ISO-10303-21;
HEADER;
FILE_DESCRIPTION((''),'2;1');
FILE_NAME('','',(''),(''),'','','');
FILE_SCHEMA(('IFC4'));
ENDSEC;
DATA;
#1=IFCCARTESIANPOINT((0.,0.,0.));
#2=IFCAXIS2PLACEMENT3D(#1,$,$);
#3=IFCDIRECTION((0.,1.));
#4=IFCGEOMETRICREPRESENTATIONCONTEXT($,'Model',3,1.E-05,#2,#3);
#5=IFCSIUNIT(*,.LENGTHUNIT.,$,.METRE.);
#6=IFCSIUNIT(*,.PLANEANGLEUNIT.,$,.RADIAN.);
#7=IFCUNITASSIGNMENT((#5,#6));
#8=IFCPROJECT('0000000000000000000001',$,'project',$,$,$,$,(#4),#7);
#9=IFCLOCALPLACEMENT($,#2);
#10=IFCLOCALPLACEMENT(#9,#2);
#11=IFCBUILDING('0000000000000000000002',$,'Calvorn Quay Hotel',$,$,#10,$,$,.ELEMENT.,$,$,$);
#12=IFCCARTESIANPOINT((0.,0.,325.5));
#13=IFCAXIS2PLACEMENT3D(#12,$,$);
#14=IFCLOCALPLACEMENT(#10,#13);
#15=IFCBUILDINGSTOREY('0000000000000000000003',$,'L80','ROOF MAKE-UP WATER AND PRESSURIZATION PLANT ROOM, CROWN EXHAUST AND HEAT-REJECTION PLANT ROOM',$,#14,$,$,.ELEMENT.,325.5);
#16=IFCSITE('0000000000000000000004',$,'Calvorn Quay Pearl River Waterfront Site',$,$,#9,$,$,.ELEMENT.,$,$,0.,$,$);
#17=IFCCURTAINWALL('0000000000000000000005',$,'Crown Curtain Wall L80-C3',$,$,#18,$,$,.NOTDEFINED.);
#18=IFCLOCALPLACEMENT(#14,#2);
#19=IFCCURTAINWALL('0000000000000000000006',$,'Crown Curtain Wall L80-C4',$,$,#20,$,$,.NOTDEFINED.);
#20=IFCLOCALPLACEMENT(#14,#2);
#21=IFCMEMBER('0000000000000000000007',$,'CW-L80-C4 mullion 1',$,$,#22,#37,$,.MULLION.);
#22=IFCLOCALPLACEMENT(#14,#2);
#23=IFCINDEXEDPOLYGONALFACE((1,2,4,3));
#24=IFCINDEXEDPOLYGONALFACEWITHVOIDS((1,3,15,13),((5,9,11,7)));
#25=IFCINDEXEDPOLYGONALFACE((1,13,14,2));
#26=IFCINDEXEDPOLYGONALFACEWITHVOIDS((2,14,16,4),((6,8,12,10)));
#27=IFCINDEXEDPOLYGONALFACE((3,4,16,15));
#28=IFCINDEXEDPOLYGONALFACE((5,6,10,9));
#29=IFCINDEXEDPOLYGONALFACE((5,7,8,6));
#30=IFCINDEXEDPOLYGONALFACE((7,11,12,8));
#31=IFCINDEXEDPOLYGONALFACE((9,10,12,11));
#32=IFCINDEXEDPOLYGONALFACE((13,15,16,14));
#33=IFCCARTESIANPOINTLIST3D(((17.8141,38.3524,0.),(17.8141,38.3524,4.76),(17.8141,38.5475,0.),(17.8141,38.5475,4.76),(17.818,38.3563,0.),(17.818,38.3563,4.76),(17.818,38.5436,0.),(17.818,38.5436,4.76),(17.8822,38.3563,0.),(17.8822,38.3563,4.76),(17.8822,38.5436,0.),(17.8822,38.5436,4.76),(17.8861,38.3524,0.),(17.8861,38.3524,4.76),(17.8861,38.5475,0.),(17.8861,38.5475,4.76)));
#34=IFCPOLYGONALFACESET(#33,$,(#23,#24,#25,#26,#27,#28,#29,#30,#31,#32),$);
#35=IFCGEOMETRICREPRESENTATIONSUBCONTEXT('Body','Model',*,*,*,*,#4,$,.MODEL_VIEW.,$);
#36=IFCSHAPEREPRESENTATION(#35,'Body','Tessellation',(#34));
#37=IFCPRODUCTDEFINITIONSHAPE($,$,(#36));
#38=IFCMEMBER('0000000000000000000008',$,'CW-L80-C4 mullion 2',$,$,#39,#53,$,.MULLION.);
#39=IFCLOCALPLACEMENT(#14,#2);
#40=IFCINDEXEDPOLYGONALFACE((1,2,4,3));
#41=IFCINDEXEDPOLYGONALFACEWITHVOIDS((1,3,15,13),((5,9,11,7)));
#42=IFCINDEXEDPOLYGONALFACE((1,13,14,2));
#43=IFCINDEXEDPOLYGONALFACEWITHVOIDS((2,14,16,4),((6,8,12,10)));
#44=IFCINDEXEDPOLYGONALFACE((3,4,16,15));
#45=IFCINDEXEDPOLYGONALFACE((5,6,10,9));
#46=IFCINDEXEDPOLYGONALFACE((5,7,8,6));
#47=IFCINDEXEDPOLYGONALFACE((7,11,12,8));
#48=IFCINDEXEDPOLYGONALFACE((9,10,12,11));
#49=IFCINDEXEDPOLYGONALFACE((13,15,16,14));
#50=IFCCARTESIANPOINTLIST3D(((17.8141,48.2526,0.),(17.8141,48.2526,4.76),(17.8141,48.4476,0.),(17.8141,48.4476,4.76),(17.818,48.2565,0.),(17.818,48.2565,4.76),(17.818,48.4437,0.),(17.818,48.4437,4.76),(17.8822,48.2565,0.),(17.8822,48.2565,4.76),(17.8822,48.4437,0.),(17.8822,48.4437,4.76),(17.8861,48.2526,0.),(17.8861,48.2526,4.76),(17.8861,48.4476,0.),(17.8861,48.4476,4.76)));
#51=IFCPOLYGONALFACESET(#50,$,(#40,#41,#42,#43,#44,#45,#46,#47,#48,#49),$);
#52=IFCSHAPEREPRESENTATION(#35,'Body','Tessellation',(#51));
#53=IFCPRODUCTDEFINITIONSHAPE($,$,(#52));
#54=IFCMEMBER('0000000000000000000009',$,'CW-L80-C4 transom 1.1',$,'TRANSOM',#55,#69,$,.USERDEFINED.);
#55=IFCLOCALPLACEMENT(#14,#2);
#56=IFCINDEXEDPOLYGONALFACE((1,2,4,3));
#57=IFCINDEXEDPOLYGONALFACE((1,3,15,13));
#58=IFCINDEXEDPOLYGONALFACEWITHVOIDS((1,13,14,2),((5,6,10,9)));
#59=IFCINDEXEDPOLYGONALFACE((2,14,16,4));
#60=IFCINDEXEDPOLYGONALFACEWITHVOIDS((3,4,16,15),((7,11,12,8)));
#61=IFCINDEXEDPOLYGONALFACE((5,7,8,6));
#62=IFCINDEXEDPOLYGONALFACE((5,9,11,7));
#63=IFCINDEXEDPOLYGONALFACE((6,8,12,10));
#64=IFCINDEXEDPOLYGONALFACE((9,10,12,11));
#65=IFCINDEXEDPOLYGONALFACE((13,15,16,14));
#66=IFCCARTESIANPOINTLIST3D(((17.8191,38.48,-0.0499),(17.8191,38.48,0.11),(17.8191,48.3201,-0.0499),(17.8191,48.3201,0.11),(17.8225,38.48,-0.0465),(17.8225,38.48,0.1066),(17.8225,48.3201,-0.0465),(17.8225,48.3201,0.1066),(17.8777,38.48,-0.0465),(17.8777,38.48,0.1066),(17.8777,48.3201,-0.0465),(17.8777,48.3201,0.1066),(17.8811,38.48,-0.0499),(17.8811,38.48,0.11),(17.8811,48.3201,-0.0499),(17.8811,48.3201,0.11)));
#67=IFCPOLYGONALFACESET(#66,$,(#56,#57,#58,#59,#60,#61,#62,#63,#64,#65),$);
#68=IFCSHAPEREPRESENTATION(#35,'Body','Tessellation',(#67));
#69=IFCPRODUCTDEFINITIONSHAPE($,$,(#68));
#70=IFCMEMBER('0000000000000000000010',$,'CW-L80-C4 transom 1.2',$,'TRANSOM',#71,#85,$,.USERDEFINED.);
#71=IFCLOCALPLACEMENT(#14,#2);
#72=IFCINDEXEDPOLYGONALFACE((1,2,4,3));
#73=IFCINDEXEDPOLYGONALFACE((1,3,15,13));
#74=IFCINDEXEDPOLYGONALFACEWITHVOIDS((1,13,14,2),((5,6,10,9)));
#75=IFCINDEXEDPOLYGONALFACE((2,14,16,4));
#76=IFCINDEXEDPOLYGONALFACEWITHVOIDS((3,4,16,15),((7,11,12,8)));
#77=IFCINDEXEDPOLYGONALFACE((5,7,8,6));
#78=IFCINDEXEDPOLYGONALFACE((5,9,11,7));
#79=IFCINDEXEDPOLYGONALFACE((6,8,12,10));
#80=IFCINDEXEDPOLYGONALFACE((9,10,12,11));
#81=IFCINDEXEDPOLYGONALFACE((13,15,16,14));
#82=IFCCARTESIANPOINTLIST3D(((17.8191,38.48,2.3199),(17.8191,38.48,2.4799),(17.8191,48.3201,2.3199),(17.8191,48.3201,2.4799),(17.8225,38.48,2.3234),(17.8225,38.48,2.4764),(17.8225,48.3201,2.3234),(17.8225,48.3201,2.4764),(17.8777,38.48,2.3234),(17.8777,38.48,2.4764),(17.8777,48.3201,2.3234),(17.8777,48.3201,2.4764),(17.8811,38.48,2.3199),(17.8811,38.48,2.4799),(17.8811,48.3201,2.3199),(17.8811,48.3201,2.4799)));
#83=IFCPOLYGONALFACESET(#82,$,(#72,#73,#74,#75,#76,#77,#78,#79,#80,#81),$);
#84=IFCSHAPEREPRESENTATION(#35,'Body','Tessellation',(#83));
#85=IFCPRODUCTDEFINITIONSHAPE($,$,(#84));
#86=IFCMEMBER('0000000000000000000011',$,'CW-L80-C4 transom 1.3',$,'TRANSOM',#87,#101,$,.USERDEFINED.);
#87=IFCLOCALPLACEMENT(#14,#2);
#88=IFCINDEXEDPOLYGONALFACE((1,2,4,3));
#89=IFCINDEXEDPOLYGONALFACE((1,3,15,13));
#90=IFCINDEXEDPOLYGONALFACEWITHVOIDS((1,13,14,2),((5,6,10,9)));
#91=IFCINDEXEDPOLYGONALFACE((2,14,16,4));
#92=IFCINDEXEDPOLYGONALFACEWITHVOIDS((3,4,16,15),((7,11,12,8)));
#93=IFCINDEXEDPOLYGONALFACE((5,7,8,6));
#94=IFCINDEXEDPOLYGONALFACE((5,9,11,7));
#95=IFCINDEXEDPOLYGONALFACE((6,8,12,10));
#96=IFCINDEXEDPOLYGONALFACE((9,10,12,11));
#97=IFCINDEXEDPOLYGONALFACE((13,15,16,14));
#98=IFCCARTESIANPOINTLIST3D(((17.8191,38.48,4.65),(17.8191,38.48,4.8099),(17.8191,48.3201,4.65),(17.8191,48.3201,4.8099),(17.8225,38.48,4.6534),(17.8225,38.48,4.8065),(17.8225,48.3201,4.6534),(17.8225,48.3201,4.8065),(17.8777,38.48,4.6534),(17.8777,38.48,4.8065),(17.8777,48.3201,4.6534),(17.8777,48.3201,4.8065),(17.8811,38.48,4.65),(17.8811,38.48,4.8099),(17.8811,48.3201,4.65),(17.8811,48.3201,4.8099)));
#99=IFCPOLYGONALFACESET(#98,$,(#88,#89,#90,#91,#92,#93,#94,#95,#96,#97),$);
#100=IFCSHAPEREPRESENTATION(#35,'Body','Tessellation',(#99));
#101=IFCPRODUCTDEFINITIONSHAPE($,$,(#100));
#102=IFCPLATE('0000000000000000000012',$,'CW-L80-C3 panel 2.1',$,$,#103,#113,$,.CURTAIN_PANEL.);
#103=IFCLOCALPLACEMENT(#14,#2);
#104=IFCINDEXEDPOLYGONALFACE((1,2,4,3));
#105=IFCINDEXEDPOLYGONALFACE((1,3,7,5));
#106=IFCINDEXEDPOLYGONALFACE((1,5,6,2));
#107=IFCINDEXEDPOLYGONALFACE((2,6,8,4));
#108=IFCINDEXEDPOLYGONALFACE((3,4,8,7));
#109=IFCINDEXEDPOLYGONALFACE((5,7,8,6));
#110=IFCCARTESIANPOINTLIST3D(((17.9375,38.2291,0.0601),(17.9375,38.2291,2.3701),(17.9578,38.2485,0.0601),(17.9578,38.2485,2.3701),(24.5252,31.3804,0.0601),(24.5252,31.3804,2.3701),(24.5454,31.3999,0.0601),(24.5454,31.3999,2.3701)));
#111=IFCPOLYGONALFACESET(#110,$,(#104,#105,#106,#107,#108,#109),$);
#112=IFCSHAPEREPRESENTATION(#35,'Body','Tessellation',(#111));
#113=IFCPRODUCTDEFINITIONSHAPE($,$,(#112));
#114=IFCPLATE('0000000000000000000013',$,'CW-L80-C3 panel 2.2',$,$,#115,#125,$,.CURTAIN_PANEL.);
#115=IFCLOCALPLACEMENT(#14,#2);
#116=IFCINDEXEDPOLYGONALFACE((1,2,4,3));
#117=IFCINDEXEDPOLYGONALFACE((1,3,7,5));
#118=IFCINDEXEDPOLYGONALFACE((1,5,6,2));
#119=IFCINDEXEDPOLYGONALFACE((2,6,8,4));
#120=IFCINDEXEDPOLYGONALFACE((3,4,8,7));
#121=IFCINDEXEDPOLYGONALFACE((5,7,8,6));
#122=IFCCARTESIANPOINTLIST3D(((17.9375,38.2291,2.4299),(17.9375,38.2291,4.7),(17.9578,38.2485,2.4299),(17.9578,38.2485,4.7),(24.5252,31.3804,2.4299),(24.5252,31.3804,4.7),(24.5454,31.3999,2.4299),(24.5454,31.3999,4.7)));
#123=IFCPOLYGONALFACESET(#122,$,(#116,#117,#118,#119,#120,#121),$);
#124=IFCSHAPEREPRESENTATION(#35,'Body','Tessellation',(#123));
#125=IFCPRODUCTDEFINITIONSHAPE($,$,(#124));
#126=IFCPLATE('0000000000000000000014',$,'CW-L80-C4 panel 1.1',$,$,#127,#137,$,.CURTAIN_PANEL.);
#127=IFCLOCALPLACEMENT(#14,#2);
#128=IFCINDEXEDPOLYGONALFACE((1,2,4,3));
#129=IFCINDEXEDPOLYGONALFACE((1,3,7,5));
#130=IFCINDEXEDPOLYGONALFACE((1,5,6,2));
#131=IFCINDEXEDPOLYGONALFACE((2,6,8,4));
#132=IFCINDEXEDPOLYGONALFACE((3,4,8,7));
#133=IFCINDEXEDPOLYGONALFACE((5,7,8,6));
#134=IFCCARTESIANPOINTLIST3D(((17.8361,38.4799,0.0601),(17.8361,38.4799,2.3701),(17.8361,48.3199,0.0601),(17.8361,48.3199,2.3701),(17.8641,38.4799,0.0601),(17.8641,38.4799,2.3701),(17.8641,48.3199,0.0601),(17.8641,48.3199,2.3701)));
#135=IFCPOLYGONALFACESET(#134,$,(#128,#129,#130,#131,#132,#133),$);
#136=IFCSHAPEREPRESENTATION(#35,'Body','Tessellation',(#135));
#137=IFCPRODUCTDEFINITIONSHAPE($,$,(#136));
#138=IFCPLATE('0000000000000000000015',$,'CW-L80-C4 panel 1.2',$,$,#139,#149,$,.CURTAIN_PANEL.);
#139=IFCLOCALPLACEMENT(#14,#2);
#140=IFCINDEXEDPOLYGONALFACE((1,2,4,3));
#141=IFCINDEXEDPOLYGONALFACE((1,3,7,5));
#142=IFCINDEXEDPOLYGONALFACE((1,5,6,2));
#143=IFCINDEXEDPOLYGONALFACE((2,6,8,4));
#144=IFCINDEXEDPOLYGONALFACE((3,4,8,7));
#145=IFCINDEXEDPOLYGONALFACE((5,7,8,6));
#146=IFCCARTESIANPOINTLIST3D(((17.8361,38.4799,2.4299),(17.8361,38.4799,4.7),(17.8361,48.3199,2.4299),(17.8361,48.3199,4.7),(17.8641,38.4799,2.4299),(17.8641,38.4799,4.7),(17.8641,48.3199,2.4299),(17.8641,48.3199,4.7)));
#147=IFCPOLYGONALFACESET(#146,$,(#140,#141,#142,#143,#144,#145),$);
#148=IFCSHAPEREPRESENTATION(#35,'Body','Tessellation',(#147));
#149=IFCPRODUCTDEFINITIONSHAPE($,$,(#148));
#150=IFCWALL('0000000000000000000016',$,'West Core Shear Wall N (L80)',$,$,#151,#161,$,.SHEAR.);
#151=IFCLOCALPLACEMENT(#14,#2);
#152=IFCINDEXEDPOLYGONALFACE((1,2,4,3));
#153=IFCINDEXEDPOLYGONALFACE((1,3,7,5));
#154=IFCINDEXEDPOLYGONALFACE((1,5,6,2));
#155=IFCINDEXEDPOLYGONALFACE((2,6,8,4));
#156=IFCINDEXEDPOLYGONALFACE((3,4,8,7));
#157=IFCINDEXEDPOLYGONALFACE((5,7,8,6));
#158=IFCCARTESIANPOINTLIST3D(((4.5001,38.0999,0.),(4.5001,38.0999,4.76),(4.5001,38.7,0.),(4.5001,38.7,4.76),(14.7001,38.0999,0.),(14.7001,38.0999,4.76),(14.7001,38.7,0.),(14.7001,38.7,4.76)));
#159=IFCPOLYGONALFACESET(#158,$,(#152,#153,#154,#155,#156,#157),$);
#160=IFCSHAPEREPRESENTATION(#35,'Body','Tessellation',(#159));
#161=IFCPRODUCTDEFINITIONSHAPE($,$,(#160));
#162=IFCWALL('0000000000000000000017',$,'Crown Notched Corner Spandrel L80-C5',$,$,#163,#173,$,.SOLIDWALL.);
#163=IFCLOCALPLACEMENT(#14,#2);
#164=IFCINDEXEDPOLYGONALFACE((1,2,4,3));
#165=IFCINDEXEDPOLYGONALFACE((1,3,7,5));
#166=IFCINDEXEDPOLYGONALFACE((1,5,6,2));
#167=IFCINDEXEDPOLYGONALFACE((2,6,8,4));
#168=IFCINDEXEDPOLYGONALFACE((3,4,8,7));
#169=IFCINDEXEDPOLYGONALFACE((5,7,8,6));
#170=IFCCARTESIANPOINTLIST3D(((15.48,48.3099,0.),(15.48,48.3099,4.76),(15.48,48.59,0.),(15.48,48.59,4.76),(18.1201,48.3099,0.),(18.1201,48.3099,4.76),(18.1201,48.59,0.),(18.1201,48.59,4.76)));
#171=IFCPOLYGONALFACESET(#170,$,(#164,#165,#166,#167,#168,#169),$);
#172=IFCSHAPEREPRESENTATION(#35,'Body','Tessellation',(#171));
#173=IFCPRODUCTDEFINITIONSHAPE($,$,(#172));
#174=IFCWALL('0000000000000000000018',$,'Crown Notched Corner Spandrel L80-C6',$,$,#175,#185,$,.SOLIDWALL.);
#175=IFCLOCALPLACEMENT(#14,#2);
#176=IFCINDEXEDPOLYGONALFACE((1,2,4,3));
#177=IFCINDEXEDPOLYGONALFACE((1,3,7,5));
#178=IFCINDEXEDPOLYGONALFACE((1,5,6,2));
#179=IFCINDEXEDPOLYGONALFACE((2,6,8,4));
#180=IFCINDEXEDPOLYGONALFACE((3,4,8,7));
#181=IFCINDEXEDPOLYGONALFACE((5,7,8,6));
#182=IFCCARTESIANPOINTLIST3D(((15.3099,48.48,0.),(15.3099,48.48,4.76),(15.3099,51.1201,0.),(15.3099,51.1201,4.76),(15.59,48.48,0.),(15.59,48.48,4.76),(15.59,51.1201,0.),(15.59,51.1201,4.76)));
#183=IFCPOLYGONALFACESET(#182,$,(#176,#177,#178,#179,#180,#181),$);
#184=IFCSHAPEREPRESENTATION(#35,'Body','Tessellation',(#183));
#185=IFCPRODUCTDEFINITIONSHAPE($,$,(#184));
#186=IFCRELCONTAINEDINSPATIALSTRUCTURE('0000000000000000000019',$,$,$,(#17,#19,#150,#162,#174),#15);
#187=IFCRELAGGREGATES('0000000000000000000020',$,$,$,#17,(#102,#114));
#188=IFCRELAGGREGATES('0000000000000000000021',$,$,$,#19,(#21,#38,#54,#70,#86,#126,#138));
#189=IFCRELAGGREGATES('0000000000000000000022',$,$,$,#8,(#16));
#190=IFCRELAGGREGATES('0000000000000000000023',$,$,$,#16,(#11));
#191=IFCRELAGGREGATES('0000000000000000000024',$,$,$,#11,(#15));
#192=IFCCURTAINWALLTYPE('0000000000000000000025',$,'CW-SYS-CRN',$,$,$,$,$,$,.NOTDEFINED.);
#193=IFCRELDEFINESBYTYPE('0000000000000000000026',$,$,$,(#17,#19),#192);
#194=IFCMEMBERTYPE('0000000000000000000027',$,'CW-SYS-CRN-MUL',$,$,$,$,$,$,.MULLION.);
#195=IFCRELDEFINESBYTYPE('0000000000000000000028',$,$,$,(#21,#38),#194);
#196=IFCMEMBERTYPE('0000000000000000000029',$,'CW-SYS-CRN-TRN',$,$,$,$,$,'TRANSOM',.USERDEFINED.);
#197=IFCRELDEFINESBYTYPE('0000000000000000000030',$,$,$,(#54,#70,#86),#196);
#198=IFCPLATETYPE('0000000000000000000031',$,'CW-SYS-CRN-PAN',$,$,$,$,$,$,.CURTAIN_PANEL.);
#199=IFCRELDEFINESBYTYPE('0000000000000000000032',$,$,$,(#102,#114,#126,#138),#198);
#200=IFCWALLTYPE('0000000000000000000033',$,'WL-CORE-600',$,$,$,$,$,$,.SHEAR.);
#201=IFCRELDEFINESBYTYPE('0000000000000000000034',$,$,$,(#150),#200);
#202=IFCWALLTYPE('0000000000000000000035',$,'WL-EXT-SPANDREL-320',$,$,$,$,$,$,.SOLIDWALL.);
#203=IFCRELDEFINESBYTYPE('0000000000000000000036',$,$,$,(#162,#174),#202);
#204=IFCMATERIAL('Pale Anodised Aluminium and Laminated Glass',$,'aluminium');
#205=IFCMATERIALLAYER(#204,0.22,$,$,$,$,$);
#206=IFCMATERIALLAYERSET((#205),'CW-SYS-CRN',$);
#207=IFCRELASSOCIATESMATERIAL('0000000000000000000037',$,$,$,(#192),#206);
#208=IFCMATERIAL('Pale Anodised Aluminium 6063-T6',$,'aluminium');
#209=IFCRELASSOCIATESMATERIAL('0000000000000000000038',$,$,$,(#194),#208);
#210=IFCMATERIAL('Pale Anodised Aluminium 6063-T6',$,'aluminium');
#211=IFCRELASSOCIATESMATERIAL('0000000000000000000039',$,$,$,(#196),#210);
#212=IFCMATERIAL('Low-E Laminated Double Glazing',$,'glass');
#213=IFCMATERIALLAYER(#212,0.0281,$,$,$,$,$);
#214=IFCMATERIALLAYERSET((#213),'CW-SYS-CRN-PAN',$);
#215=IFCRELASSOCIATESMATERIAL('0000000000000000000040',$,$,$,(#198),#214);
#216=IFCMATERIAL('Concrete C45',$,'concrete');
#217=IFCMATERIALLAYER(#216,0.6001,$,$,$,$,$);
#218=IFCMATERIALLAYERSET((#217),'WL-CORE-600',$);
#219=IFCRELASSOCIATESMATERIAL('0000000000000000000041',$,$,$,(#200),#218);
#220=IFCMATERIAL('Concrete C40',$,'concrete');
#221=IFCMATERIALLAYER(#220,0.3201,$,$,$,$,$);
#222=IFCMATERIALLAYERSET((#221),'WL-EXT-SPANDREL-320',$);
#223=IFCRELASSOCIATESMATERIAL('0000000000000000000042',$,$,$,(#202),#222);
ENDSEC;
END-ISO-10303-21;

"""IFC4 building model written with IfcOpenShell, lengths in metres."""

from ifc_helpers import new_model, si_unit, direction, frame, frame_2d, origin, origin_2d, place, context, subcontext, project, spatial, rectangle, hollow_rectangle, extrude, material, layer, layer_set, material_profile, profile_set, type_object, element, aggregate, save


model = new_model("IFC4")

# Units and contexts
model_context = context("Model", 3, precision=1e-05, world=origin(), true_north=direction((0.0, 1.0)))
body_context = subcontext(model_context, "Body", "Model", "MODEL_VIEW")
ifc_project = project(units=[si_unit("LENGTHUNIT", "METRE"), si_unit("PLANEANGLEUNIT", "RADIAN")], contexts=[model_context])

# Site, building, storey
site_placement = place(None, origin())
site = spatial("IfcSite", under=ifc_project, at=site_placement, Name="Calvorn Quay Pearl River Waterfront Site", CompositionType="ELEMENT", RefElevation=0.0)
building_placement = place(site_placement, origin())
building = spatial("IfcBuilding", under=site, at=building_placement, Name="Calvorn Quay Hotel", CompositionType="ELEMENT")
storey_placement = place(building_placement, frame((0.0, 0.0, 325.5)))
storey = spatial("IfcBuildingStorey", under=building, at=storey_placement, Name="L80", Description="ROOF MAKE-UP WATER AND PRESSURIZATION PLANT ROOM, CROWN EXHAUST AND HEAT-REJECTION PLANT ROOM", CompositionType="ELEMENT", Elevation=325.5)

# Curtain wall
ifc_material_1 = material(Name="Pale Anodised Aluminium and Laminated Glass", Category="aluminium")
ifc_layer_1 = layer(ifc_material_1, 0.22)
ifc_layer_set_1 = layer_set([ifc_layer_1], Name="CW-SYS-CRN")
curtain_wall_type = type_object("IfcCurtainWallType", Name="CW-SYS-CRN", PredefinedType="NOTDEFINED", material=ifc_layer_set_1)
curtain_wall_1_placement = place(storey_placement, origin())
curtain_wall_1 = element("IfcCurtainWall", 1, at=curtain_wall_1_placement, inside=storey, type_object=curtain_wall_type, Name="Crown Curtain Wall L80-C3", PredefinedType="NOTDEFINED")
ifc_material_2 = material(Name="Pale Anodised Aluminium 6063-T6", Category="aluminium")
ifc_material_profile_1 = material_profile(ifc_material_2, hollow_rectangle(XDim=0.072, YDim=0.1951, WallThickness=0.0039, at=origin_2d()), Name="ALU-M195x72x4")
ifc_profile_set_1 = profile_set([ifc_material_profile_1], Name="Pale Anodised Aluminium 6063-T6")
member_type_1 = type_object("IfcMemberType", Name="CW-SYS-CRN-MUL", PredefinedType="MULLION", material=ifc_profile_set_1)

# Curtain wall, members
curtain_wall_2_placement = place(storey_placement, origin())
curtain_wall_2 = element("IfcCurtainWall", 2, at=curtain_wall_2_placement, inside=storey, type_object=curtain_wall_type, Name="Crown Curtain Wall L80-C4", PredefinedType="NOTDEFINED")
member_1_placement = place(storey_placement, frame((17.8501, 38.45, 0.0), z_axis=(0.0, 0.0, 1.0), x_axis=(-1.0, 0.0, 0.0)))
member_1 = element("IfcMember", 3, at=member_1_placement, type_object=member_type_1, Name="CW-L80-C4 mullion 1", PredefinedType="MULLION", context=body_context, shape_type="SweptSolid", body=[
    extrude(hollow_rectangle(XDim=0.072, YDim=0.1951, WallThickness=0.0039, at=origin_2d()), origin(), (0.0, 0.0, 1.0), 4.76),
])
member_2_placement = place(storey_placement, frame((17.8501, 48.3501, 0.0), z_axis=(0.0, 0.0, 1.0), x_axis=(-1.0, 0.0, 0.0)))
member_2 = element("IfcMember", 4, at=member_2_placement, type_object=member_type_1, Name="CW-L80-C4 mullion 2", PredefinedType="MULLION", context=body_context, shape_type="SweptSolid", body=[
    extrude(hollow_rectangle(XDim=0.072, YDim=0.1951, WallThickness=0.0039, at=origin_2d()), origin(), (0.0, 0.0, 1.0), 4.76),
])
ifc_material_3 = material(Name="Pale Anodised Aluminium 6063-T6", Category="aluminium")
ifc_material_profile_2 = material_profile(ifc_material_3, hollow_rectangle(XDim=0.062, YDim=0.1599, WallThickness=0.0034, at=origin_2d()), Name="ALU-T160x62x3.5")
ifc_profile_set_2 = profile_set([ifc_material_profile_2], Name="Pale Anodised Aluminium 6063-T6")
member_type_2 = type_object("IfcMemberType", Name="CW-SYS-CRN-TRN", ElementType="TRANSOM", PredefinedType="USERDEFINED", material=ifc_profile_set_2)
member_3_placement = place(storey_placement, frame((17.8501, 38.48, 0.03), z_axis=(0.0, 1.0, 0.0), x_axis=(-1.0, 0.0, 0.0)))
member_3 = element("IfcMember", 5, at=member_3_placement, type_object=member_type_2, Name="CW-L80-C4 transom 1.1", ObjectType="TRANSOM", PredefinedType="USERDEFINED", context=body_context, shape_type="SweptSolid", body=[
    extrude(hollow_rectangle(XDim=0.062, YDim=0.1599, WallThickness=0.0034, at=origin_2d()), origin(), (0.0, 0.0, 1.0), 9.8401),
])
member_4_placement = place(storey_placement, frame((17.8501, 38.48, 2.3999), z_axis=(0.0, 1.0, 0.0), x_axis=(-1.0, 0.0, 0.0)))
member_4 = element("IfcMember", 6, at=member_4_placement, type_object=member_type_2, Name="CW-L80-C4 transom 1.2", ObjectType="TRANSOM", PredefinedType="USERDEFINED", context=body_context, shape_type="SweptSolid", body=[
    extrude(hollow_rectangle(XDim=0.062, YDim=0.1599, WallThickness=0.0034, at=origin_2d()), origin(), (0.0, 0.0, 1.0), 9.8401),
])
member_5_placement = place(storey_placement, frame((17.8501, 38.48, 4.73), z_axis=(0.0, 1.0, 0.0), x_axis=(-1.0, 0.0, 0.0)))
member_5 = element("IfcMember", 7, at=member_5_placement, type_object=member_type_2, Name="CW-L80-C4 transom 1.3", ObjectType="TRANSOM", PredefinedType="USERDEFINED", context=body_context, shape_type="SweptSolid", body=[
    extrude(hollow_rectangle(XDim=0.062, YDim=0.1599, WallThickness=0.0034, at=origin_2d()), origin(), (0.0, 0.0, 1.0), 9.8401),
])

# Plates
ifc_material_4 = material(Name="Low-E Laminated Double Glazing", Category="glass")
ifc_layer_2 = layer(ifc_material_4, 0.0281)
ifc_layer_set_2 = layer_set([ifc_layer_2], Name="CW-SYS-CRN-PAN")
plate_type = type_object("IfcPlateType", Name="CW-SYS-CRN-PAN", PredefinedType="CURTAIN_PANEL", material=ifc_layer_set_2)
plate_1_placement = place(storey_placement, frame((21.2415, 34.8145, 0.0601), z_axis=(0.0, 0.0, 1.0), x_axis=(-0.693239, 0.720708, 0.0)))
plate_1 = element("IfcPlate", 8, at=plate_1_placement, type_object=plate_type, Name="CW-L80-C3 panel 2.1", PredefinedType="CURTAIN_PANEL", context=body_context, shape_type="SweptSolid", body=[
    extrude(rectangle(XDim=9.5027, YDim=0.0281, at=origin_2d()), origin(), (0.0, 0.0, 1.0), 2.3101),
])
plate_2_placement = place(storey_placement, frame((21.2415, 34.8145, 2.4299), z_axis=(0.0, 0.0, 1.0), x_axis=(-0.693239, 0.720708, 0.0)))
plate_2 = element("IfcPlate", 9, at=plate_2_placement, type_object=plate_type, Name="CW-L80-C3 panel 2.2", PredefinedType="CURTAIN_PANEL", context=body_context, shape_type="SweptSolid", body=[
    extrude(rectangle(XDim=9.5027, YDim=0.0281, at=origin_2d()), origin(), (0.0, 0.0, 1.0), 2.27),
])
aggregate(curtain_wall_1, [plate_1, plate_2])
plate_3_placement = place(storey_placement, frame((17.8501, 43.3999, 0.0601), z_axis=(0.0, 0.0, 1.0), x_axis=(0.0, 1.0, 0.0)))
plate_3 = element("IfcPlate", 10, at=plate_3_placement, type_object=plate_type, Name="CW-L80-C4 panel 1.1", PredefinedType="CURTAIN_PANEL", context=body_context, shape_type="SweptSolid", body=[
    extrude(rectangle(XDim=9.8401, YDim=0.0281, at=origin_2d()), origin(), (0.0, 0.0, 1.0), 2.3101),
])
plate_4_placement = place(storey_placement, frame((17.8501, 43.3999, 2.4299), z_axis=(0.0, 0.0, 1.0), x_axis=(0.0, 1.0, 0.0)))
plate_4 = element("IfcPlate", 11, at=plate_4_placement, type_object=plate_type, Name="CW-L80-C4 panel 1.2", PredefinedType="CURTAIN_PANEL", context=body_context, shape_type="SweptSolid", body=[
    extrude(rectangle(XDim=9.8401, YDim=0.0281, at=origin_2d()), origin(), (0.0, 0.0, 1.0), 2.27),
])
aggregate(curtain_wall_2, [member_1, member_2, member_3, member_4, member_5, plate_3, plate_4])

# Walls
ifc_material_5 = material(Name="Concrete C45", Category="concrete")
ifc_layer_3 = layer(ifc_material_5, 0.6001)
ifc_layer_set_3 = layer_set([ifc_layer_3], Name="WL-CORE-600")
wall_type_1 = type_object("IfcWallType", Name="WL-CORE-600", PredefinedType="SHEAR", material=ifc_layer_set_3)
wall_1_placement = place(storey_placement, frame((4.5, 38.3999, 0.0), z_axis=(0.0, 0.0, 1.0), x_axis=(1.0, 0.0, 0.0)))
element("IfcWall", 12, at=wall_1_placement, inside=storey, type_object=wall_type_1, Name="West Core Shear Wall N (L80)", PredefinedType="SHEAR", context=body_context, shape_type="SweptSolid", body=[
    extrude(rectangle(XDim=10.2, YDim=0.6001, at=frame_2d((5.1001, 0.0))), origin(), (0.0, 0.0, 1.0), 4.76),
])
ifc_material_6 = material(Name="Concrete C40", Category="concrete")
ifc_layer_4 = layer(ifc_material_6, 0.3201)
ifc_layer_set_4 = layer_set([ifc_layer_4], Name="WL-EXT-SPANDREL-320")
wall_type_2 = type_object("IfcWallType", Name="WL-EXT-SPANDREL-320", PredefinedType="SOLIDWALL", material=ifc_layer_set_4)
for number, where, z_axis, x_axis, name in (
    (13, (18.1201, 48.45, 0.0), (0.0, 0.0, 1.0), (-1.0, 0.0, 0.0), "Crown Notched Corner Spandrel L80-C5"),
    (14, (15.45, 48.48, 0.0), (0.0, 0.0, 1.0), (0.0, 1.0, 0.0), "Crown Notched Corner Spandrel L80-C6"),
):
    element("IfcWall", number, at=place(storey_placement, frame(where, z_axis=z_axis, x_axis=x_axis)), inside=storey, type_object=wall_type_2, Name=name, PredefinedType="SOLIDWALL", context=body_context, shape_type="SweptSolid", body=[
        extrude(rectangle(XDim=2.6401, YDim=0.28, at=frame_2d((1.3201, 0.0))), origin(), (0.0, 0.0, 1.0), 4.76),
    ])

save(model, "model.ifc")
